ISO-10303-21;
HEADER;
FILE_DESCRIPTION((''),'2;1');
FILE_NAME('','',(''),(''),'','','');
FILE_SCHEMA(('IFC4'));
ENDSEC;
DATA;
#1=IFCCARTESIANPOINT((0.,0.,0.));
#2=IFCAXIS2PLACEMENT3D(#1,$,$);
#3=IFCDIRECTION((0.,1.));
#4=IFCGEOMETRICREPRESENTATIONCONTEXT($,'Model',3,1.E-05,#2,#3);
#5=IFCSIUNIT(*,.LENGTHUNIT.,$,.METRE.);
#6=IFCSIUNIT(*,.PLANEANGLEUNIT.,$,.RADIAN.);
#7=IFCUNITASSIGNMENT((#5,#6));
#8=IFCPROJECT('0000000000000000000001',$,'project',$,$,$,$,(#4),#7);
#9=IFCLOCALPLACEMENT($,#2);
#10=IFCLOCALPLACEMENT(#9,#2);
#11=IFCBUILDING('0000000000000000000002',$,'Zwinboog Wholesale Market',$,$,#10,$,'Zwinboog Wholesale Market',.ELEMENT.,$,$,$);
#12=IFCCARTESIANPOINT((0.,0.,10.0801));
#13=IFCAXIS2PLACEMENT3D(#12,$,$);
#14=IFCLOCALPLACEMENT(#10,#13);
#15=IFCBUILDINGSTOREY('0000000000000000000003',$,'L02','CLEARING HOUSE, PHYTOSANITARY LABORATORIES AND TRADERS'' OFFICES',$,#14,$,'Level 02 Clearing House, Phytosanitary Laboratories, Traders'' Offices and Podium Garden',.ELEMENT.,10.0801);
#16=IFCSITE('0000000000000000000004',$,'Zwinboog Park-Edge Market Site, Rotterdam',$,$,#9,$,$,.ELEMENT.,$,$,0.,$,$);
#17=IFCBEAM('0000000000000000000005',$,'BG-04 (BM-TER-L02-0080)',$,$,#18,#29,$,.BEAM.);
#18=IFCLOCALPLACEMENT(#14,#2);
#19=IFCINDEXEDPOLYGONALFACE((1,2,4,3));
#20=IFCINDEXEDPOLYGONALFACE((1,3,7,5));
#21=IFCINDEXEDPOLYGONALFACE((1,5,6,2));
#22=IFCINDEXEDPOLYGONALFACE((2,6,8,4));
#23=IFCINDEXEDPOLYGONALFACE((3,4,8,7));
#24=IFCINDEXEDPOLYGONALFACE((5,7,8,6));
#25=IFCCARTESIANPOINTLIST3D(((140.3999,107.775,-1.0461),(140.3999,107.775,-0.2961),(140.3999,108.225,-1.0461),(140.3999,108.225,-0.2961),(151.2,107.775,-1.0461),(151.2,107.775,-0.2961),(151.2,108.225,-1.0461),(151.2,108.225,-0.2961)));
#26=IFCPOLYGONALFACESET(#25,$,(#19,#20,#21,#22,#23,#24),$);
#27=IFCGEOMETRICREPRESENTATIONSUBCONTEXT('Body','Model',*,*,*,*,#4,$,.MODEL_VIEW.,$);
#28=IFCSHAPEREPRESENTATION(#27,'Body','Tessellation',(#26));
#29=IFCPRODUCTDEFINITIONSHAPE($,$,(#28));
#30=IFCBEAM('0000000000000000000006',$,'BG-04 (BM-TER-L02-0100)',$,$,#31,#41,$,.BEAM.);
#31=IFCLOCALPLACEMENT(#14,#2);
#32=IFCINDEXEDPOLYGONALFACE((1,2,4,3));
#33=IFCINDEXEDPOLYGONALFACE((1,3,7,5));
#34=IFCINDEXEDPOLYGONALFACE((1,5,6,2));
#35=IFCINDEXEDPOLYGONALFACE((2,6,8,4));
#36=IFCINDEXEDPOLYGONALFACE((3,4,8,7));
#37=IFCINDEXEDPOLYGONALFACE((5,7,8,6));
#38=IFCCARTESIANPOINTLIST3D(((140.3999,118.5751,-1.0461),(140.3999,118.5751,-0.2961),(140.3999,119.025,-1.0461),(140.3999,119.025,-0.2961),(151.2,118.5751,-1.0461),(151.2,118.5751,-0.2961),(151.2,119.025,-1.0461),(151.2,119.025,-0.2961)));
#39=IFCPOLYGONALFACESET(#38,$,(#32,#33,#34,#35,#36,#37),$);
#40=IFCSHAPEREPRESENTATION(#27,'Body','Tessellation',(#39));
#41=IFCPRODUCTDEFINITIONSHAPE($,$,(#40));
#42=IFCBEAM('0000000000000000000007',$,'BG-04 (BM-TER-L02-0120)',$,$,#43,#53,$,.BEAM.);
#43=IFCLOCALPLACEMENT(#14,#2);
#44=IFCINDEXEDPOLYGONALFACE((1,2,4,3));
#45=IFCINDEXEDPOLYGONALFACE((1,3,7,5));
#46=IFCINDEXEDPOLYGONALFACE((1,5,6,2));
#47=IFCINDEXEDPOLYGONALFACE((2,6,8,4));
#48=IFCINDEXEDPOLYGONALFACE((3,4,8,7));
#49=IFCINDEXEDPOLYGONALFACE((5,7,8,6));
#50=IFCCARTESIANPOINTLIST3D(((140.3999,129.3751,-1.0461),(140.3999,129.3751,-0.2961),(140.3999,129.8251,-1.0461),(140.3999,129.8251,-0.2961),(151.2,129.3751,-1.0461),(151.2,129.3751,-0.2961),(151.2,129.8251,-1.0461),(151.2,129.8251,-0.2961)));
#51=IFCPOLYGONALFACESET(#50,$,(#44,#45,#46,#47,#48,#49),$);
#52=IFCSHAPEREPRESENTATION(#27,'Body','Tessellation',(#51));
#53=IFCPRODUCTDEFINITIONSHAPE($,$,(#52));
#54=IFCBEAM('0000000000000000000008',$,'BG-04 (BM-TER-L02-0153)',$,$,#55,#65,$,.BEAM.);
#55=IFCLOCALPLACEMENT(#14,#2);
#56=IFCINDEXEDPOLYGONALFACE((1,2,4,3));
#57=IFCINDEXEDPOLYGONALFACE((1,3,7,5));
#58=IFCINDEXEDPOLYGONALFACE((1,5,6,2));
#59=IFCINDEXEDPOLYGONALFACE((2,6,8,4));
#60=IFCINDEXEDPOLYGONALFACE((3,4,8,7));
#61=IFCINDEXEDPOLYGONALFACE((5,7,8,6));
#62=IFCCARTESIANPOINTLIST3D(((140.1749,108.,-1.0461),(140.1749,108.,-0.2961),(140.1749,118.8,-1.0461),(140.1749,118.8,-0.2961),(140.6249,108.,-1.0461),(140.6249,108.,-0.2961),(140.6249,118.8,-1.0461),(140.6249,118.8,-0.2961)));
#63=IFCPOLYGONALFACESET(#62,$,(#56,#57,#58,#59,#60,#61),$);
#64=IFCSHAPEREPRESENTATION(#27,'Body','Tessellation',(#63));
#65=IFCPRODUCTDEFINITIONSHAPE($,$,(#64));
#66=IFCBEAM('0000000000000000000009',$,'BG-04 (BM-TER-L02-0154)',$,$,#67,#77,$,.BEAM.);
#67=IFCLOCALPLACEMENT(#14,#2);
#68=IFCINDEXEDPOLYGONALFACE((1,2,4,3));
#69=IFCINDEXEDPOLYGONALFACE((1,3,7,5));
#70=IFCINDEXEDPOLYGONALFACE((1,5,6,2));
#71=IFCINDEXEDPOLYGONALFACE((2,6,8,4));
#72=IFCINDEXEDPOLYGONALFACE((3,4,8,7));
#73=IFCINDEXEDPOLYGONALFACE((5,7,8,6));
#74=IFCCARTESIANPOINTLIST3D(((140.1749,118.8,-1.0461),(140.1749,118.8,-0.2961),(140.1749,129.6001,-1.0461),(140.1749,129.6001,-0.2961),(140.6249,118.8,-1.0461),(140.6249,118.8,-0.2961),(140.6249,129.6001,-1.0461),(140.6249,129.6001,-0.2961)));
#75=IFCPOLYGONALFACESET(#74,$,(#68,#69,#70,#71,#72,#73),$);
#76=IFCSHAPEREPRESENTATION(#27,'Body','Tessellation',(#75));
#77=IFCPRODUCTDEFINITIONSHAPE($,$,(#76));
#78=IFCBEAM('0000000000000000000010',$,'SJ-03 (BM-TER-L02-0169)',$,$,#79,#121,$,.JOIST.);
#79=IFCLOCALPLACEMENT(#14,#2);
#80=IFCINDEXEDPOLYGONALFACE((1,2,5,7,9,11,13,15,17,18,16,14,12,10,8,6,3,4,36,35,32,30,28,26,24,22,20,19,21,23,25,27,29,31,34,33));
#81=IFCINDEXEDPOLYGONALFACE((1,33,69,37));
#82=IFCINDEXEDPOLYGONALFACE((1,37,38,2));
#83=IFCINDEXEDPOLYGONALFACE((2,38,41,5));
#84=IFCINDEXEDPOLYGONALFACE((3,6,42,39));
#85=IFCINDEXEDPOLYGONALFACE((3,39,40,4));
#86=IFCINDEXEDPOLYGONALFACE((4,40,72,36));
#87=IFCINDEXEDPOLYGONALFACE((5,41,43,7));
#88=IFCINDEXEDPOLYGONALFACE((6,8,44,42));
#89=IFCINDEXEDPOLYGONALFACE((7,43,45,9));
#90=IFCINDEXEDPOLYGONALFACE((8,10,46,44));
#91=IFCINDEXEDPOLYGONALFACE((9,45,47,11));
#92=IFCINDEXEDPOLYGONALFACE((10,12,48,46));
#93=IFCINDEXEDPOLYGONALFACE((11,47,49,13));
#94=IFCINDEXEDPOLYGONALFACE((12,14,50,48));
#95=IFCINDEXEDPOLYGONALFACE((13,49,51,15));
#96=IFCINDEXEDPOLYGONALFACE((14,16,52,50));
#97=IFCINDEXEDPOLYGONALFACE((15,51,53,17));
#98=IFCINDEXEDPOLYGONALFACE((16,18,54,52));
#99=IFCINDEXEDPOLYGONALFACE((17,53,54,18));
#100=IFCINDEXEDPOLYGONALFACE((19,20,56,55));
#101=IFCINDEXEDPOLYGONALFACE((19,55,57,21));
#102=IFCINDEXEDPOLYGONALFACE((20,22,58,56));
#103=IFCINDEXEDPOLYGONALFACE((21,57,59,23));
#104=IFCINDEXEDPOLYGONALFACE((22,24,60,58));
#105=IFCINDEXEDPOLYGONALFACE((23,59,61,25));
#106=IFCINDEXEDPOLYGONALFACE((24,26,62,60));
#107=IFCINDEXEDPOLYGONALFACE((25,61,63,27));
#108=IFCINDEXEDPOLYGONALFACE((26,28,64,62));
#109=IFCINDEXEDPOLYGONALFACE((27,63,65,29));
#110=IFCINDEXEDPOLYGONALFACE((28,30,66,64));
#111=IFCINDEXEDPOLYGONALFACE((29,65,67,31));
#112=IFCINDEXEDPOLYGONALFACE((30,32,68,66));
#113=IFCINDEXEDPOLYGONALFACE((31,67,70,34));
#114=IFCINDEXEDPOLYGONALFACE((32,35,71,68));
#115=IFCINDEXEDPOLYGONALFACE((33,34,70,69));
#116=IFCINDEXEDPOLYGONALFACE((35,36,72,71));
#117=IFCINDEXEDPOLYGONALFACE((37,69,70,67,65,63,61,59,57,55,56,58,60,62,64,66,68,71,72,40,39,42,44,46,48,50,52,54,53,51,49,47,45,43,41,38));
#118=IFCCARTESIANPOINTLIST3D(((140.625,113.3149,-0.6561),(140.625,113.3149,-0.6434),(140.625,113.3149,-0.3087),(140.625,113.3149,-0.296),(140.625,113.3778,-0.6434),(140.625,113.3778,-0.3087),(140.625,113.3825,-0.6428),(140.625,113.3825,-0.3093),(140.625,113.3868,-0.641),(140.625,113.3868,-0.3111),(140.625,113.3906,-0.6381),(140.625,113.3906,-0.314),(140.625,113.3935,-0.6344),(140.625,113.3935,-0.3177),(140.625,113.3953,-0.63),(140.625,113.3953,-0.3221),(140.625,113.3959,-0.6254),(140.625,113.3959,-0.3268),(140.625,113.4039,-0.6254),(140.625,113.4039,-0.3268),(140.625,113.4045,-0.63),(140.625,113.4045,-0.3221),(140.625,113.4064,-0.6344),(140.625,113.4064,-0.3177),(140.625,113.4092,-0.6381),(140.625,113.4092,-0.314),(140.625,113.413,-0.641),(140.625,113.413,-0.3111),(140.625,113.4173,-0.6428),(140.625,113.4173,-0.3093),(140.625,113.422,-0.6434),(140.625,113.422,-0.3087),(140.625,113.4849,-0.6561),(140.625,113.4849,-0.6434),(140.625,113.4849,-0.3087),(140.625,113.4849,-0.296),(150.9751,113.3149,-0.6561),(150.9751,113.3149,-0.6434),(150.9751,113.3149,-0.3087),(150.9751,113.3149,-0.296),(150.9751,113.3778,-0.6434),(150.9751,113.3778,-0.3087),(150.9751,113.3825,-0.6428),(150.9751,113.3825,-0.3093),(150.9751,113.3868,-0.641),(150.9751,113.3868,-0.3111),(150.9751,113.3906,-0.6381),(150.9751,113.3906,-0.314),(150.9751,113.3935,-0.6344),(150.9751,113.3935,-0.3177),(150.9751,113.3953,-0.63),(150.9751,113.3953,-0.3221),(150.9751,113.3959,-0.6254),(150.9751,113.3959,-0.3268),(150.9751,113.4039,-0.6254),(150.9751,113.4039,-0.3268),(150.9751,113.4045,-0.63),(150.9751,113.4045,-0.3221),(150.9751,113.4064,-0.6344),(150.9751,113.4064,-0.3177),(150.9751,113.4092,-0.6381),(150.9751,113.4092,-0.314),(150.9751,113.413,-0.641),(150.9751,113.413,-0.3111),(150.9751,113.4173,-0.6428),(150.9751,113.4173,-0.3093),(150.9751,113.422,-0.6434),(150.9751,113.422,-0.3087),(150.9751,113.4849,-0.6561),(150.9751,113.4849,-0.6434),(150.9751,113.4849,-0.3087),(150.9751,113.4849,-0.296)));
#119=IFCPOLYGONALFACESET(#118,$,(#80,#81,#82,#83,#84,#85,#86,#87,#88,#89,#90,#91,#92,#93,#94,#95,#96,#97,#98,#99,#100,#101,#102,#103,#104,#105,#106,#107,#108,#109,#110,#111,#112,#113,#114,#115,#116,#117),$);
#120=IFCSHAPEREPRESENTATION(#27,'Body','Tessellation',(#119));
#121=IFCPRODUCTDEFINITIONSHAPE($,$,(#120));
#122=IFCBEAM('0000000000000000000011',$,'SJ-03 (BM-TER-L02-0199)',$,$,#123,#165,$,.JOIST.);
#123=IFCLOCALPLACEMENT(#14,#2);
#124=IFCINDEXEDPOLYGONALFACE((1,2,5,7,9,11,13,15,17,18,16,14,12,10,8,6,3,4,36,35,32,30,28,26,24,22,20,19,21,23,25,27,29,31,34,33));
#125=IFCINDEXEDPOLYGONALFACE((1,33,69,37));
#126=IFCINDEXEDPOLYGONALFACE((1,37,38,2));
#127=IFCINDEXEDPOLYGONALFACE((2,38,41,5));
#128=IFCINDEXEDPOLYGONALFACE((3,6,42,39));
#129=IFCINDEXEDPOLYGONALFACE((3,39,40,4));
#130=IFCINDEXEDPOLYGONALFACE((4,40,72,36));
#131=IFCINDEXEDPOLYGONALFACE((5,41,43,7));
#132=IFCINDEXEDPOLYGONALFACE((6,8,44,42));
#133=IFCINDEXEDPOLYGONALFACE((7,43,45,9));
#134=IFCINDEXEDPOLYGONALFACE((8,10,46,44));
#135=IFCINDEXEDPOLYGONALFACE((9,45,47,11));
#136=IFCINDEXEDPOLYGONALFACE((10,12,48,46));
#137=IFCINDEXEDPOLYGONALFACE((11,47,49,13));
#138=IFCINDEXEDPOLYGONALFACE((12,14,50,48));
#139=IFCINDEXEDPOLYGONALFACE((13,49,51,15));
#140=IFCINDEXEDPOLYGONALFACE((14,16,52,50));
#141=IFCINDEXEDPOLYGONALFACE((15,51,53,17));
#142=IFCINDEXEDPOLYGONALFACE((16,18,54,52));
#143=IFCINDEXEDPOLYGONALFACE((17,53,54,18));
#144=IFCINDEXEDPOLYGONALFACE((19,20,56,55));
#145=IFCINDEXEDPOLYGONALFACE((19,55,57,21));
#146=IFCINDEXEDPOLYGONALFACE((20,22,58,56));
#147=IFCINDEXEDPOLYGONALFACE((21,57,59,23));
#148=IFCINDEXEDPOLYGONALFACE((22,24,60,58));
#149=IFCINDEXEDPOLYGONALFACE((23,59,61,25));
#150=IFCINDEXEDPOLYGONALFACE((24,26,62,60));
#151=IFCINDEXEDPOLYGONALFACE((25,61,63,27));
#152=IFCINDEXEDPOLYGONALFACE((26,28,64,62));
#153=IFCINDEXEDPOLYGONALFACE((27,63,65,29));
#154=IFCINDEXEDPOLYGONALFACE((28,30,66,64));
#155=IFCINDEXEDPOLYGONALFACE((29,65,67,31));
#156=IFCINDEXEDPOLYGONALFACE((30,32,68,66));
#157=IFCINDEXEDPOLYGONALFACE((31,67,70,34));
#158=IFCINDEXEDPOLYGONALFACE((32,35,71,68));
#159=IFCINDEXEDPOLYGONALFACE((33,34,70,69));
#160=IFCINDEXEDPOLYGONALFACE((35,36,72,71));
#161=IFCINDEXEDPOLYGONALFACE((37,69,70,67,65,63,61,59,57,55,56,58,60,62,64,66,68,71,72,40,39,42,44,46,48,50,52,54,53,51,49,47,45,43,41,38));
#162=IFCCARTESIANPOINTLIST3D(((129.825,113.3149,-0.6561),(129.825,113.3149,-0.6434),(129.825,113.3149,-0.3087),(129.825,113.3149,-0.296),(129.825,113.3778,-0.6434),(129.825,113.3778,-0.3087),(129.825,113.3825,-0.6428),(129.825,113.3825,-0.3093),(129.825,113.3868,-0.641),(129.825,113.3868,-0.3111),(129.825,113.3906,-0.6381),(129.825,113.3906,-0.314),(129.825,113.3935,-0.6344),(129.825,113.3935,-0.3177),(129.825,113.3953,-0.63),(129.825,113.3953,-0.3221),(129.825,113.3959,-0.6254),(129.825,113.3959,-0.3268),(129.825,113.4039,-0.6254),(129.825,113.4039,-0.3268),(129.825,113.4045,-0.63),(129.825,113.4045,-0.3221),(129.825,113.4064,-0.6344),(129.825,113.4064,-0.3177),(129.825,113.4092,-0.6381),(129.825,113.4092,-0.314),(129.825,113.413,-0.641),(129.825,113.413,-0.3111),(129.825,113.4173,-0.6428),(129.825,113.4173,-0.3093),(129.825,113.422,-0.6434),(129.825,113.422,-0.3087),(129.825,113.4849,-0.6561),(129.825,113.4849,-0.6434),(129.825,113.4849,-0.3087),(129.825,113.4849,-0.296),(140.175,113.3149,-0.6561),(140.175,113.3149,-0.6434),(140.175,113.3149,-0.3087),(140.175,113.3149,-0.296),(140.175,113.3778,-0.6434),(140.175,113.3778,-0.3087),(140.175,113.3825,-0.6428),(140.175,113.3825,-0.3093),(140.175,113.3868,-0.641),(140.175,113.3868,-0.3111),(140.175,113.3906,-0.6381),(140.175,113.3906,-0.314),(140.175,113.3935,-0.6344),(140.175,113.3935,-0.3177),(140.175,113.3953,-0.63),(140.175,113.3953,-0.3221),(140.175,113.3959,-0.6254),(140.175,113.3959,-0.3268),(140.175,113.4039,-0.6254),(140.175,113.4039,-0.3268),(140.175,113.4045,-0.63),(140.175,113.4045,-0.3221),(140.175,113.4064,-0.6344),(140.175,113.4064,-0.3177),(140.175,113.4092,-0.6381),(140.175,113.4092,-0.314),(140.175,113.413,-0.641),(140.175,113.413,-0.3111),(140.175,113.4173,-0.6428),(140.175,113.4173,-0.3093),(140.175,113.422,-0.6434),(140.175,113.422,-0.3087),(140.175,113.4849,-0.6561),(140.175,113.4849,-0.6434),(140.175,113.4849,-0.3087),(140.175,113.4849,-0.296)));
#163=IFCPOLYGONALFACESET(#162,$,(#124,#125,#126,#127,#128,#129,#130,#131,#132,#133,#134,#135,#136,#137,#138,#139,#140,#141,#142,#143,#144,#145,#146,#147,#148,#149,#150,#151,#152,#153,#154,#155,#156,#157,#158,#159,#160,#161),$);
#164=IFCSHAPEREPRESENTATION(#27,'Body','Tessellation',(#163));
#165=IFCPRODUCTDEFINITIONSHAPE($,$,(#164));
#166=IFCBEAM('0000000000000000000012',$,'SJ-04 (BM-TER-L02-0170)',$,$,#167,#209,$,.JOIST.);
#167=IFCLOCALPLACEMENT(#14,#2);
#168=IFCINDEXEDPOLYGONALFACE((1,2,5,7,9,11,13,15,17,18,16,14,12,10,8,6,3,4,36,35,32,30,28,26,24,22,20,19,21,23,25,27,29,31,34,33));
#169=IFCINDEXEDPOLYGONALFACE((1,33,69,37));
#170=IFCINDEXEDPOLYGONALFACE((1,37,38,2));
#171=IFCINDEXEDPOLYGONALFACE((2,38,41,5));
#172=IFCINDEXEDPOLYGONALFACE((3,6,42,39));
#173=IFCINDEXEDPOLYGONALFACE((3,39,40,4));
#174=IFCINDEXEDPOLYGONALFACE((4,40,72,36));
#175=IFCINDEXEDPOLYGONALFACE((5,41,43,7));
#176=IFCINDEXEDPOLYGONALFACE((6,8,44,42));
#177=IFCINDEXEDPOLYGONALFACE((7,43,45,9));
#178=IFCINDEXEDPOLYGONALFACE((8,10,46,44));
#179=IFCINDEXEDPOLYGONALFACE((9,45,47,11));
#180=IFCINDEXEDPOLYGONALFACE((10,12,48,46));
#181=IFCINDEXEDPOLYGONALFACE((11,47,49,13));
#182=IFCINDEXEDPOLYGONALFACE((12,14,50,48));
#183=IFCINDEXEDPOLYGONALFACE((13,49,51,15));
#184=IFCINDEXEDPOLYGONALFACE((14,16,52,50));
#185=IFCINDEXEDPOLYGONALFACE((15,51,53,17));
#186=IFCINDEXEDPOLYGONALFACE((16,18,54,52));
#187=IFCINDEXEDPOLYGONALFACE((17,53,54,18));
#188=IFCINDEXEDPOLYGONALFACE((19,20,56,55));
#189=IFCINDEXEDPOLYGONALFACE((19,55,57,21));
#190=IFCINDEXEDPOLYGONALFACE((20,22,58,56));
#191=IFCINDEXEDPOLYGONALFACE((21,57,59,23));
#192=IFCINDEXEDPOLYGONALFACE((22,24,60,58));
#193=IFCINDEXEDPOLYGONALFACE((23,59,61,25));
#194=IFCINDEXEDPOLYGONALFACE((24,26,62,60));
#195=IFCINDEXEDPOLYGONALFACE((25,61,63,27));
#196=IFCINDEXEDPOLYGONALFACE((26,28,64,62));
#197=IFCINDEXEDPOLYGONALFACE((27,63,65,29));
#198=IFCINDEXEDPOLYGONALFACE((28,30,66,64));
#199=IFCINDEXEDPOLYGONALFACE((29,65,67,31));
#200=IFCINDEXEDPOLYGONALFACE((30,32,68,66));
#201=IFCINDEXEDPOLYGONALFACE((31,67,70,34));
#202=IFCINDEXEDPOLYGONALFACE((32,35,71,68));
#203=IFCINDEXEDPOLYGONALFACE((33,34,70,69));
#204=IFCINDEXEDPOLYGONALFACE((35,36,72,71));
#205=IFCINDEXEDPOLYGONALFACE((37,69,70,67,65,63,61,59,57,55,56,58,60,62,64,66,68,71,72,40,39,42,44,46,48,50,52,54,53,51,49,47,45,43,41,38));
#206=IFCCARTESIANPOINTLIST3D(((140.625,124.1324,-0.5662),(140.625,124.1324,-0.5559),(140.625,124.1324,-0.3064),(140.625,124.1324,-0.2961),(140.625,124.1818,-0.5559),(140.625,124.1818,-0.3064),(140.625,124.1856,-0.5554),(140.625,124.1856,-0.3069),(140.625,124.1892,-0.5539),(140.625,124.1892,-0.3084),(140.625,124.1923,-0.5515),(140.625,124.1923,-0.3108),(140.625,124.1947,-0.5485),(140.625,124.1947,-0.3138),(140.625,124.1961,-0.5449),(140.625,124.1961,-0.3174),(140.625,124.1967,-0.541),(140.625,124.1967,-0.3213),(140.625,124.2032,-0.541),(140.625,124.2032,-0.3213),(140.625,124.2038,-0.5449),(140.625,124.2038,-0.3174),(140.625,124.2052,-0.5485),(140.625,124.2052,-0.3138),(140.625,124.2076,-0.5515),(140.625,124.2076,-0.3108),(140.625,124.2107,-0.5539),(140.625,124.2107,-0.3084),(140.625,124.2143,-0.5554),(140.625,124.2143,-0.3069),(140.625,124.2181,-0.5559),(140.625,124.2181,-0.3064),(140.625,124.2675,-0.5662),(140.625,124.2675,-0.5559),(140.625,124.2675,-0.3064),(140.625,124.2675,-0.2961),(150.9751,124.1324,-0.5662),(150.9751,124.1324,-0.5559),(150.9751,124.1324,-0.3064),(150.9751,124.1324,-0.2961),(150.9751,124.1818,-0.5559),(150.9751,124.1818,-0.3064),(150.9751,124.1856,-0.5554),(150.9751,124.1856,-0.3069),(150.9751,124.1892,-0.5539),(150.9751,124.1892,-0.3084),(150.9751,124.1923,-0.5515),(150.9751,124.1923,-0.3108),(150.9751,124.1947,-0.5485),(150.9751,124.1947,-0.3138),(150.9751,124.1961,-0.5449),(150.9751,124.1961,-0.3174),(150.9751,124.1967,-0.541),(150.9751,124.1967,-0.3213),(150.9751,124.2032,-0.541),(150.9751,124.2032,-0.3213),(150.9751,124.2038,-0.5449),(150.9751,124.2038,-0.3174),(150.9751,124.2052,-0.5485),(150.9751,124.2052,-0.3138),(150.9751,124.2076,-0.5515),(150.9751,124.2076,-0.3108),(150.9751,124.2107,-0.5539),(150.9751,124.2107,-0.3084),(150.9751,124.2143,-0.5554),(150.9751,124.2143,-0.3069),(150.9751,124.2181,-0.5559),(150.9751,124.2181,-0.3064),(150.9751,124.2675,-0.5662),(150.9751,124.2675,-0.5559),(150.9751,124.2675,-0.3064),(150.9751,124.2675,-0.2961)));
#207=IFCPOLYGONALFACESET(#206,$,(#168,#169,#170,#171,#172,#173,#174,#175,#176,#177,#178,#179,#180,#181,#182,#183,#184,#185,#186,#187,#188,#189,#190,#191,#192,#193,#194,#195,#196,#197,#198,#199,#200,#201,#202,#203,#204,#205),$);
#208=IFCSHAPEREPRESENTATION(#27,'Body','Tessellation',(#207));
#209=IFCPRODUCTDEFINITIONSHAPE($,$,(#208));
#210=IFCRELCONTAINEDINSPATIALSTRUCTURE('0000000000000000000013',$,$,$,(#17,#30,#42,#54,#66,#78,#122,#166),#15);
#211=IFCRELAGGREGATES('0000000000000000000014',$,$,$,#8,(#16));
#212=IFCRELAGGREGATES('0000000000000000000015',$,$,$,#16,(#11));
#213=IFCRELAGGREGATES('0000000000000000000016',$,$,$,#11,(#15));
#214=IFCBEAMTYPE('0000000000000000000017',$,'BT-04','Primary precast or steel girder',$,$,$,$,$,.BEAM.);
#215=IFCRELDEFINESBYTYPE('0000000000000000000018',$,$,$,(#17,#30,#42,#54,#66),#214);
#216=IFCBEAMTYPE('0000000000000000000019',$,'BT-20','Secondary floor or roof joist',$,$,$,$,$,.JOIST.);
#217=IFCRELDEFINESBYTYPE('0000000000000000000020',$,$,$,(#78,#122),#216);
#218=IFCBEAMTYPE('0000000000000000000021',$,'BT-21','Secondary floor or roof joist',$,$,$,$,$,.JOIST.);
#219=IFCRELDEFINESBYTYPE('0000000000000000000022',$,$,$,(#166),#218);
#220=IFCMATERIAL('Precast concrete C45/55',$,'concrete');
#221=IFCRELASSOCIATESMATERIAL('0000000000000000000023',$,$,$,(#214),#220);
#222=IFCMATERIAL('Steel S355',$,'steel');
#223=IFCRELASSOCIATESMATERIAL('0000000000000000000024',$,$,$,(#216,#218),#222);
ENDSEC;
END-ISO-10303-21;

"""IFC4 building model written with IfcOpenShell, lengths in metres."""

from ifc_helpers import new_model, si_unit, direction, frame, origin, origin_2d, place, context, subcontext, project, spatial, rectangle, i_section, extrude, material, material_profile, profile_set, type_object, element, save


model = new_model("IFC4")

# Units and contexts
model_context = context("Model", 3, precision=1e-05, world=origin(), true_north=direction((0.0, 1.0)))
body_context = subcontext(model_context, "Body", "Model", "MODEL_VIEW")
ifc_project = project(units=[si_unit("LENGTHUNIT", "METRE"), si_unit("PLANEANGLEUNIT", "RADIAN")], contexts=[model_context])

# Site, building, storey
site_placement = place(None, origin())
site = spatial("IfcSite", under=ifc_project, at=site_placement, Name="Zwinboog Park-Edge Market Site, Rotterdam", CompositionType="ELEMENT", RefElevation=0.0)
building_placement = place(site_placement, origin())
building = spatial("IfcBuilding", under=site, at=building_placement, Name="Zwinboog Wholesale Market", LongName="Zwinboog Wholesale Market", CompositionType="ELEMENT")
storey_placement = place(building_placement, frame((0.0, 0.0, 10.0801)))
storey = spatial("IfcBuildingStorey", under=building, at=storey_placement, Name="L02", Description="CLEARING HOUSE, PHYTOSANITARY LABORATORIES AND TRADERS' OFFICES", LongName="Level 02 Clearing House, Phytosanitary Laboratories, Traders' Offices and Podium Garden", CompositionType="ELEMENT", Elevation=10.0801)

# Beams
ifc_material_1 = material(Name="Precast concrete C45/55", Category="concrete")
ifc_material_profile_1 = material_profile(ifc_material_1, rectangle(XDim=0.45, YDim=0.75, at=origin_2d()), Name="PC 450x750")
ifc_profile_set_1 = profile_set([ifc_material_profile_1], Name="Precast concrete C45/55")
beam_type_1 = type_object("IfcBeamType", Name="BT-04", Description="Primary precast or steel girder", PredefinedType="BEAM", material=ifc_profile_set_1)
for number, where, z_axis, x_axis, name in (
    (1, (140.3999, 108.0, -0.6711), (1.0, 0.0, 0.0), (0.0, 1.0, 0.0), "BG-04 (BM-TER-L02-0080)"),
    (2, (140.3999, 118.8, -0.6711), (1.0, 0.0, 0.0), (0.0, 1.0, 0.0), "BG-04 (BM-TER-L02-0100)"),
    (3, (140.3999, 129.6001, -0.6711), (1.0, 0.0, 0.0), (0.0, 1.0, 0.0), "BG-04 (BM-TER-L02-0120)"),
    (4, (140.3999, 108.0, -0.6711), (0.0, 1.0, 0.0), (-1.0, 0.0, 0.0), "BG-04 (BM-TER-L02-0153)"),
    (5, (140.3999, 118.8, -0.6711), (0.0, 1.0, 0.0), (-1.0, 0.0, 0.0), "BG-04 (BM-TER-L02-0154)"),
):
    element("IfcBeam", number, at=place(storey_placement, frame(where, z_axis=z_axis, x_axis=x_axis)), inside=storey, type_object=beam_type_1, Name=name, PredefinedType="BEAM", context=body_context, shape_type="SweptSolid", body=[
        extrude(rectangle(XDim=0.45, YDim=0.75, at=origin_2d()), origin(), (0.0, 0.0, 1.0), 10.8),
    ])
ifc_material_2 = material(Name="Steel S355", Category="steel")
ifc_material_profile_2 = material_profile(ifc_material_2, i_section(OverallWidth=0.1699, OverallDepth=0.3601, WebThickness=0.0081, FlangeThickness=0.0127, FilletRadius=0.0181, at=origin_2d()), Name="IPE 360")
ifc_profile_set_2 = profile_set([ifc_material_profile_2], Name="Steel S355")
beam_type_2 = type_object("IfcBeamType", Name="BT-20", Description="Secondary floor or roof joist", PredefinedType="JOIST", material=ifc_profile_set_2)
for number, where, z_axis, x_axis, name in (
    (6, (140.625, 113.3999, -0.4761), (1.0, 0.0, 0.0), (0.0, 1.0, 0.0), "SJ-03 (BM-TER-L02-0169)"),
    (7, (129.825, 113.3999, -0.4761), (1.0, 0.0, 0.0), (0.0, 1.0, 0.0), "SJ-03 (BM-TER-L02-0199)"),
):
    element("IfcBeam", number, at=place(storey_placement, frame(where, z_axis=z_axis, x_axis=x_axis)), inside=storey, type_object=beam_type_2, Name=name, PredefinedType="JOIST", context=body_context, shape_type="SweptSolid", body=[
        extrude(i_section(OverallWidth=0.1699, OverallDepth=0.3601, WebThickness=0.0081, FlangeThickness=0.0127, FilletRadius=0.0181, at=origin_2d()), origin(), (0.0, 0.0, 1.0), 10.3501),
    ])
ifc_material_profile_3 = material_profile(ifc_material_2, i_section(OverallWidth=0.135, OverallDepth=0.27, WebThickness=0.0066, FlangeThickness=0.0103, FilletRadius=0.0149, at=origin_2d()), Name="IPE 270")
ifc_profile_set_3 = profile_set([ifc_material_profile_3], Name="Steel S355")
beam_type_3 = type_object("IfcBeamType", Name="BT-21", Description="Secondary floor or roof joist", PredefinedType="JOIST", material=ifc_profile_set_3)
for number, where, z_axis, x_axis, name in (
    (8, (140.625, 124.2, -0.4312), (1.0, 0.0, 0.0), (0.0, 1.0, 0.0), "SJ-04 (BM-TER-L02-0170)"),
):
    element("IfcBeam", number, at=place(storey_placement, frame(where, z_axis=z_axis, x_axis=x_axis)), inside=storey, type_object=beam_type_3, Name=name, PredefinedType="JOIST", context=body_context, shape_type="SweptSolid", body=[
        extrude(i_section(OverallWidth=0.135, OverallDepth=0.27, WebThickness=0.0066, FlangeThickness=0.0103, FilletRadius=0.0149, at=origin_2d()), origin(), (0.0, 0.0, 1.0), 10.3501),
    ])

save(model, "model.ifc")
